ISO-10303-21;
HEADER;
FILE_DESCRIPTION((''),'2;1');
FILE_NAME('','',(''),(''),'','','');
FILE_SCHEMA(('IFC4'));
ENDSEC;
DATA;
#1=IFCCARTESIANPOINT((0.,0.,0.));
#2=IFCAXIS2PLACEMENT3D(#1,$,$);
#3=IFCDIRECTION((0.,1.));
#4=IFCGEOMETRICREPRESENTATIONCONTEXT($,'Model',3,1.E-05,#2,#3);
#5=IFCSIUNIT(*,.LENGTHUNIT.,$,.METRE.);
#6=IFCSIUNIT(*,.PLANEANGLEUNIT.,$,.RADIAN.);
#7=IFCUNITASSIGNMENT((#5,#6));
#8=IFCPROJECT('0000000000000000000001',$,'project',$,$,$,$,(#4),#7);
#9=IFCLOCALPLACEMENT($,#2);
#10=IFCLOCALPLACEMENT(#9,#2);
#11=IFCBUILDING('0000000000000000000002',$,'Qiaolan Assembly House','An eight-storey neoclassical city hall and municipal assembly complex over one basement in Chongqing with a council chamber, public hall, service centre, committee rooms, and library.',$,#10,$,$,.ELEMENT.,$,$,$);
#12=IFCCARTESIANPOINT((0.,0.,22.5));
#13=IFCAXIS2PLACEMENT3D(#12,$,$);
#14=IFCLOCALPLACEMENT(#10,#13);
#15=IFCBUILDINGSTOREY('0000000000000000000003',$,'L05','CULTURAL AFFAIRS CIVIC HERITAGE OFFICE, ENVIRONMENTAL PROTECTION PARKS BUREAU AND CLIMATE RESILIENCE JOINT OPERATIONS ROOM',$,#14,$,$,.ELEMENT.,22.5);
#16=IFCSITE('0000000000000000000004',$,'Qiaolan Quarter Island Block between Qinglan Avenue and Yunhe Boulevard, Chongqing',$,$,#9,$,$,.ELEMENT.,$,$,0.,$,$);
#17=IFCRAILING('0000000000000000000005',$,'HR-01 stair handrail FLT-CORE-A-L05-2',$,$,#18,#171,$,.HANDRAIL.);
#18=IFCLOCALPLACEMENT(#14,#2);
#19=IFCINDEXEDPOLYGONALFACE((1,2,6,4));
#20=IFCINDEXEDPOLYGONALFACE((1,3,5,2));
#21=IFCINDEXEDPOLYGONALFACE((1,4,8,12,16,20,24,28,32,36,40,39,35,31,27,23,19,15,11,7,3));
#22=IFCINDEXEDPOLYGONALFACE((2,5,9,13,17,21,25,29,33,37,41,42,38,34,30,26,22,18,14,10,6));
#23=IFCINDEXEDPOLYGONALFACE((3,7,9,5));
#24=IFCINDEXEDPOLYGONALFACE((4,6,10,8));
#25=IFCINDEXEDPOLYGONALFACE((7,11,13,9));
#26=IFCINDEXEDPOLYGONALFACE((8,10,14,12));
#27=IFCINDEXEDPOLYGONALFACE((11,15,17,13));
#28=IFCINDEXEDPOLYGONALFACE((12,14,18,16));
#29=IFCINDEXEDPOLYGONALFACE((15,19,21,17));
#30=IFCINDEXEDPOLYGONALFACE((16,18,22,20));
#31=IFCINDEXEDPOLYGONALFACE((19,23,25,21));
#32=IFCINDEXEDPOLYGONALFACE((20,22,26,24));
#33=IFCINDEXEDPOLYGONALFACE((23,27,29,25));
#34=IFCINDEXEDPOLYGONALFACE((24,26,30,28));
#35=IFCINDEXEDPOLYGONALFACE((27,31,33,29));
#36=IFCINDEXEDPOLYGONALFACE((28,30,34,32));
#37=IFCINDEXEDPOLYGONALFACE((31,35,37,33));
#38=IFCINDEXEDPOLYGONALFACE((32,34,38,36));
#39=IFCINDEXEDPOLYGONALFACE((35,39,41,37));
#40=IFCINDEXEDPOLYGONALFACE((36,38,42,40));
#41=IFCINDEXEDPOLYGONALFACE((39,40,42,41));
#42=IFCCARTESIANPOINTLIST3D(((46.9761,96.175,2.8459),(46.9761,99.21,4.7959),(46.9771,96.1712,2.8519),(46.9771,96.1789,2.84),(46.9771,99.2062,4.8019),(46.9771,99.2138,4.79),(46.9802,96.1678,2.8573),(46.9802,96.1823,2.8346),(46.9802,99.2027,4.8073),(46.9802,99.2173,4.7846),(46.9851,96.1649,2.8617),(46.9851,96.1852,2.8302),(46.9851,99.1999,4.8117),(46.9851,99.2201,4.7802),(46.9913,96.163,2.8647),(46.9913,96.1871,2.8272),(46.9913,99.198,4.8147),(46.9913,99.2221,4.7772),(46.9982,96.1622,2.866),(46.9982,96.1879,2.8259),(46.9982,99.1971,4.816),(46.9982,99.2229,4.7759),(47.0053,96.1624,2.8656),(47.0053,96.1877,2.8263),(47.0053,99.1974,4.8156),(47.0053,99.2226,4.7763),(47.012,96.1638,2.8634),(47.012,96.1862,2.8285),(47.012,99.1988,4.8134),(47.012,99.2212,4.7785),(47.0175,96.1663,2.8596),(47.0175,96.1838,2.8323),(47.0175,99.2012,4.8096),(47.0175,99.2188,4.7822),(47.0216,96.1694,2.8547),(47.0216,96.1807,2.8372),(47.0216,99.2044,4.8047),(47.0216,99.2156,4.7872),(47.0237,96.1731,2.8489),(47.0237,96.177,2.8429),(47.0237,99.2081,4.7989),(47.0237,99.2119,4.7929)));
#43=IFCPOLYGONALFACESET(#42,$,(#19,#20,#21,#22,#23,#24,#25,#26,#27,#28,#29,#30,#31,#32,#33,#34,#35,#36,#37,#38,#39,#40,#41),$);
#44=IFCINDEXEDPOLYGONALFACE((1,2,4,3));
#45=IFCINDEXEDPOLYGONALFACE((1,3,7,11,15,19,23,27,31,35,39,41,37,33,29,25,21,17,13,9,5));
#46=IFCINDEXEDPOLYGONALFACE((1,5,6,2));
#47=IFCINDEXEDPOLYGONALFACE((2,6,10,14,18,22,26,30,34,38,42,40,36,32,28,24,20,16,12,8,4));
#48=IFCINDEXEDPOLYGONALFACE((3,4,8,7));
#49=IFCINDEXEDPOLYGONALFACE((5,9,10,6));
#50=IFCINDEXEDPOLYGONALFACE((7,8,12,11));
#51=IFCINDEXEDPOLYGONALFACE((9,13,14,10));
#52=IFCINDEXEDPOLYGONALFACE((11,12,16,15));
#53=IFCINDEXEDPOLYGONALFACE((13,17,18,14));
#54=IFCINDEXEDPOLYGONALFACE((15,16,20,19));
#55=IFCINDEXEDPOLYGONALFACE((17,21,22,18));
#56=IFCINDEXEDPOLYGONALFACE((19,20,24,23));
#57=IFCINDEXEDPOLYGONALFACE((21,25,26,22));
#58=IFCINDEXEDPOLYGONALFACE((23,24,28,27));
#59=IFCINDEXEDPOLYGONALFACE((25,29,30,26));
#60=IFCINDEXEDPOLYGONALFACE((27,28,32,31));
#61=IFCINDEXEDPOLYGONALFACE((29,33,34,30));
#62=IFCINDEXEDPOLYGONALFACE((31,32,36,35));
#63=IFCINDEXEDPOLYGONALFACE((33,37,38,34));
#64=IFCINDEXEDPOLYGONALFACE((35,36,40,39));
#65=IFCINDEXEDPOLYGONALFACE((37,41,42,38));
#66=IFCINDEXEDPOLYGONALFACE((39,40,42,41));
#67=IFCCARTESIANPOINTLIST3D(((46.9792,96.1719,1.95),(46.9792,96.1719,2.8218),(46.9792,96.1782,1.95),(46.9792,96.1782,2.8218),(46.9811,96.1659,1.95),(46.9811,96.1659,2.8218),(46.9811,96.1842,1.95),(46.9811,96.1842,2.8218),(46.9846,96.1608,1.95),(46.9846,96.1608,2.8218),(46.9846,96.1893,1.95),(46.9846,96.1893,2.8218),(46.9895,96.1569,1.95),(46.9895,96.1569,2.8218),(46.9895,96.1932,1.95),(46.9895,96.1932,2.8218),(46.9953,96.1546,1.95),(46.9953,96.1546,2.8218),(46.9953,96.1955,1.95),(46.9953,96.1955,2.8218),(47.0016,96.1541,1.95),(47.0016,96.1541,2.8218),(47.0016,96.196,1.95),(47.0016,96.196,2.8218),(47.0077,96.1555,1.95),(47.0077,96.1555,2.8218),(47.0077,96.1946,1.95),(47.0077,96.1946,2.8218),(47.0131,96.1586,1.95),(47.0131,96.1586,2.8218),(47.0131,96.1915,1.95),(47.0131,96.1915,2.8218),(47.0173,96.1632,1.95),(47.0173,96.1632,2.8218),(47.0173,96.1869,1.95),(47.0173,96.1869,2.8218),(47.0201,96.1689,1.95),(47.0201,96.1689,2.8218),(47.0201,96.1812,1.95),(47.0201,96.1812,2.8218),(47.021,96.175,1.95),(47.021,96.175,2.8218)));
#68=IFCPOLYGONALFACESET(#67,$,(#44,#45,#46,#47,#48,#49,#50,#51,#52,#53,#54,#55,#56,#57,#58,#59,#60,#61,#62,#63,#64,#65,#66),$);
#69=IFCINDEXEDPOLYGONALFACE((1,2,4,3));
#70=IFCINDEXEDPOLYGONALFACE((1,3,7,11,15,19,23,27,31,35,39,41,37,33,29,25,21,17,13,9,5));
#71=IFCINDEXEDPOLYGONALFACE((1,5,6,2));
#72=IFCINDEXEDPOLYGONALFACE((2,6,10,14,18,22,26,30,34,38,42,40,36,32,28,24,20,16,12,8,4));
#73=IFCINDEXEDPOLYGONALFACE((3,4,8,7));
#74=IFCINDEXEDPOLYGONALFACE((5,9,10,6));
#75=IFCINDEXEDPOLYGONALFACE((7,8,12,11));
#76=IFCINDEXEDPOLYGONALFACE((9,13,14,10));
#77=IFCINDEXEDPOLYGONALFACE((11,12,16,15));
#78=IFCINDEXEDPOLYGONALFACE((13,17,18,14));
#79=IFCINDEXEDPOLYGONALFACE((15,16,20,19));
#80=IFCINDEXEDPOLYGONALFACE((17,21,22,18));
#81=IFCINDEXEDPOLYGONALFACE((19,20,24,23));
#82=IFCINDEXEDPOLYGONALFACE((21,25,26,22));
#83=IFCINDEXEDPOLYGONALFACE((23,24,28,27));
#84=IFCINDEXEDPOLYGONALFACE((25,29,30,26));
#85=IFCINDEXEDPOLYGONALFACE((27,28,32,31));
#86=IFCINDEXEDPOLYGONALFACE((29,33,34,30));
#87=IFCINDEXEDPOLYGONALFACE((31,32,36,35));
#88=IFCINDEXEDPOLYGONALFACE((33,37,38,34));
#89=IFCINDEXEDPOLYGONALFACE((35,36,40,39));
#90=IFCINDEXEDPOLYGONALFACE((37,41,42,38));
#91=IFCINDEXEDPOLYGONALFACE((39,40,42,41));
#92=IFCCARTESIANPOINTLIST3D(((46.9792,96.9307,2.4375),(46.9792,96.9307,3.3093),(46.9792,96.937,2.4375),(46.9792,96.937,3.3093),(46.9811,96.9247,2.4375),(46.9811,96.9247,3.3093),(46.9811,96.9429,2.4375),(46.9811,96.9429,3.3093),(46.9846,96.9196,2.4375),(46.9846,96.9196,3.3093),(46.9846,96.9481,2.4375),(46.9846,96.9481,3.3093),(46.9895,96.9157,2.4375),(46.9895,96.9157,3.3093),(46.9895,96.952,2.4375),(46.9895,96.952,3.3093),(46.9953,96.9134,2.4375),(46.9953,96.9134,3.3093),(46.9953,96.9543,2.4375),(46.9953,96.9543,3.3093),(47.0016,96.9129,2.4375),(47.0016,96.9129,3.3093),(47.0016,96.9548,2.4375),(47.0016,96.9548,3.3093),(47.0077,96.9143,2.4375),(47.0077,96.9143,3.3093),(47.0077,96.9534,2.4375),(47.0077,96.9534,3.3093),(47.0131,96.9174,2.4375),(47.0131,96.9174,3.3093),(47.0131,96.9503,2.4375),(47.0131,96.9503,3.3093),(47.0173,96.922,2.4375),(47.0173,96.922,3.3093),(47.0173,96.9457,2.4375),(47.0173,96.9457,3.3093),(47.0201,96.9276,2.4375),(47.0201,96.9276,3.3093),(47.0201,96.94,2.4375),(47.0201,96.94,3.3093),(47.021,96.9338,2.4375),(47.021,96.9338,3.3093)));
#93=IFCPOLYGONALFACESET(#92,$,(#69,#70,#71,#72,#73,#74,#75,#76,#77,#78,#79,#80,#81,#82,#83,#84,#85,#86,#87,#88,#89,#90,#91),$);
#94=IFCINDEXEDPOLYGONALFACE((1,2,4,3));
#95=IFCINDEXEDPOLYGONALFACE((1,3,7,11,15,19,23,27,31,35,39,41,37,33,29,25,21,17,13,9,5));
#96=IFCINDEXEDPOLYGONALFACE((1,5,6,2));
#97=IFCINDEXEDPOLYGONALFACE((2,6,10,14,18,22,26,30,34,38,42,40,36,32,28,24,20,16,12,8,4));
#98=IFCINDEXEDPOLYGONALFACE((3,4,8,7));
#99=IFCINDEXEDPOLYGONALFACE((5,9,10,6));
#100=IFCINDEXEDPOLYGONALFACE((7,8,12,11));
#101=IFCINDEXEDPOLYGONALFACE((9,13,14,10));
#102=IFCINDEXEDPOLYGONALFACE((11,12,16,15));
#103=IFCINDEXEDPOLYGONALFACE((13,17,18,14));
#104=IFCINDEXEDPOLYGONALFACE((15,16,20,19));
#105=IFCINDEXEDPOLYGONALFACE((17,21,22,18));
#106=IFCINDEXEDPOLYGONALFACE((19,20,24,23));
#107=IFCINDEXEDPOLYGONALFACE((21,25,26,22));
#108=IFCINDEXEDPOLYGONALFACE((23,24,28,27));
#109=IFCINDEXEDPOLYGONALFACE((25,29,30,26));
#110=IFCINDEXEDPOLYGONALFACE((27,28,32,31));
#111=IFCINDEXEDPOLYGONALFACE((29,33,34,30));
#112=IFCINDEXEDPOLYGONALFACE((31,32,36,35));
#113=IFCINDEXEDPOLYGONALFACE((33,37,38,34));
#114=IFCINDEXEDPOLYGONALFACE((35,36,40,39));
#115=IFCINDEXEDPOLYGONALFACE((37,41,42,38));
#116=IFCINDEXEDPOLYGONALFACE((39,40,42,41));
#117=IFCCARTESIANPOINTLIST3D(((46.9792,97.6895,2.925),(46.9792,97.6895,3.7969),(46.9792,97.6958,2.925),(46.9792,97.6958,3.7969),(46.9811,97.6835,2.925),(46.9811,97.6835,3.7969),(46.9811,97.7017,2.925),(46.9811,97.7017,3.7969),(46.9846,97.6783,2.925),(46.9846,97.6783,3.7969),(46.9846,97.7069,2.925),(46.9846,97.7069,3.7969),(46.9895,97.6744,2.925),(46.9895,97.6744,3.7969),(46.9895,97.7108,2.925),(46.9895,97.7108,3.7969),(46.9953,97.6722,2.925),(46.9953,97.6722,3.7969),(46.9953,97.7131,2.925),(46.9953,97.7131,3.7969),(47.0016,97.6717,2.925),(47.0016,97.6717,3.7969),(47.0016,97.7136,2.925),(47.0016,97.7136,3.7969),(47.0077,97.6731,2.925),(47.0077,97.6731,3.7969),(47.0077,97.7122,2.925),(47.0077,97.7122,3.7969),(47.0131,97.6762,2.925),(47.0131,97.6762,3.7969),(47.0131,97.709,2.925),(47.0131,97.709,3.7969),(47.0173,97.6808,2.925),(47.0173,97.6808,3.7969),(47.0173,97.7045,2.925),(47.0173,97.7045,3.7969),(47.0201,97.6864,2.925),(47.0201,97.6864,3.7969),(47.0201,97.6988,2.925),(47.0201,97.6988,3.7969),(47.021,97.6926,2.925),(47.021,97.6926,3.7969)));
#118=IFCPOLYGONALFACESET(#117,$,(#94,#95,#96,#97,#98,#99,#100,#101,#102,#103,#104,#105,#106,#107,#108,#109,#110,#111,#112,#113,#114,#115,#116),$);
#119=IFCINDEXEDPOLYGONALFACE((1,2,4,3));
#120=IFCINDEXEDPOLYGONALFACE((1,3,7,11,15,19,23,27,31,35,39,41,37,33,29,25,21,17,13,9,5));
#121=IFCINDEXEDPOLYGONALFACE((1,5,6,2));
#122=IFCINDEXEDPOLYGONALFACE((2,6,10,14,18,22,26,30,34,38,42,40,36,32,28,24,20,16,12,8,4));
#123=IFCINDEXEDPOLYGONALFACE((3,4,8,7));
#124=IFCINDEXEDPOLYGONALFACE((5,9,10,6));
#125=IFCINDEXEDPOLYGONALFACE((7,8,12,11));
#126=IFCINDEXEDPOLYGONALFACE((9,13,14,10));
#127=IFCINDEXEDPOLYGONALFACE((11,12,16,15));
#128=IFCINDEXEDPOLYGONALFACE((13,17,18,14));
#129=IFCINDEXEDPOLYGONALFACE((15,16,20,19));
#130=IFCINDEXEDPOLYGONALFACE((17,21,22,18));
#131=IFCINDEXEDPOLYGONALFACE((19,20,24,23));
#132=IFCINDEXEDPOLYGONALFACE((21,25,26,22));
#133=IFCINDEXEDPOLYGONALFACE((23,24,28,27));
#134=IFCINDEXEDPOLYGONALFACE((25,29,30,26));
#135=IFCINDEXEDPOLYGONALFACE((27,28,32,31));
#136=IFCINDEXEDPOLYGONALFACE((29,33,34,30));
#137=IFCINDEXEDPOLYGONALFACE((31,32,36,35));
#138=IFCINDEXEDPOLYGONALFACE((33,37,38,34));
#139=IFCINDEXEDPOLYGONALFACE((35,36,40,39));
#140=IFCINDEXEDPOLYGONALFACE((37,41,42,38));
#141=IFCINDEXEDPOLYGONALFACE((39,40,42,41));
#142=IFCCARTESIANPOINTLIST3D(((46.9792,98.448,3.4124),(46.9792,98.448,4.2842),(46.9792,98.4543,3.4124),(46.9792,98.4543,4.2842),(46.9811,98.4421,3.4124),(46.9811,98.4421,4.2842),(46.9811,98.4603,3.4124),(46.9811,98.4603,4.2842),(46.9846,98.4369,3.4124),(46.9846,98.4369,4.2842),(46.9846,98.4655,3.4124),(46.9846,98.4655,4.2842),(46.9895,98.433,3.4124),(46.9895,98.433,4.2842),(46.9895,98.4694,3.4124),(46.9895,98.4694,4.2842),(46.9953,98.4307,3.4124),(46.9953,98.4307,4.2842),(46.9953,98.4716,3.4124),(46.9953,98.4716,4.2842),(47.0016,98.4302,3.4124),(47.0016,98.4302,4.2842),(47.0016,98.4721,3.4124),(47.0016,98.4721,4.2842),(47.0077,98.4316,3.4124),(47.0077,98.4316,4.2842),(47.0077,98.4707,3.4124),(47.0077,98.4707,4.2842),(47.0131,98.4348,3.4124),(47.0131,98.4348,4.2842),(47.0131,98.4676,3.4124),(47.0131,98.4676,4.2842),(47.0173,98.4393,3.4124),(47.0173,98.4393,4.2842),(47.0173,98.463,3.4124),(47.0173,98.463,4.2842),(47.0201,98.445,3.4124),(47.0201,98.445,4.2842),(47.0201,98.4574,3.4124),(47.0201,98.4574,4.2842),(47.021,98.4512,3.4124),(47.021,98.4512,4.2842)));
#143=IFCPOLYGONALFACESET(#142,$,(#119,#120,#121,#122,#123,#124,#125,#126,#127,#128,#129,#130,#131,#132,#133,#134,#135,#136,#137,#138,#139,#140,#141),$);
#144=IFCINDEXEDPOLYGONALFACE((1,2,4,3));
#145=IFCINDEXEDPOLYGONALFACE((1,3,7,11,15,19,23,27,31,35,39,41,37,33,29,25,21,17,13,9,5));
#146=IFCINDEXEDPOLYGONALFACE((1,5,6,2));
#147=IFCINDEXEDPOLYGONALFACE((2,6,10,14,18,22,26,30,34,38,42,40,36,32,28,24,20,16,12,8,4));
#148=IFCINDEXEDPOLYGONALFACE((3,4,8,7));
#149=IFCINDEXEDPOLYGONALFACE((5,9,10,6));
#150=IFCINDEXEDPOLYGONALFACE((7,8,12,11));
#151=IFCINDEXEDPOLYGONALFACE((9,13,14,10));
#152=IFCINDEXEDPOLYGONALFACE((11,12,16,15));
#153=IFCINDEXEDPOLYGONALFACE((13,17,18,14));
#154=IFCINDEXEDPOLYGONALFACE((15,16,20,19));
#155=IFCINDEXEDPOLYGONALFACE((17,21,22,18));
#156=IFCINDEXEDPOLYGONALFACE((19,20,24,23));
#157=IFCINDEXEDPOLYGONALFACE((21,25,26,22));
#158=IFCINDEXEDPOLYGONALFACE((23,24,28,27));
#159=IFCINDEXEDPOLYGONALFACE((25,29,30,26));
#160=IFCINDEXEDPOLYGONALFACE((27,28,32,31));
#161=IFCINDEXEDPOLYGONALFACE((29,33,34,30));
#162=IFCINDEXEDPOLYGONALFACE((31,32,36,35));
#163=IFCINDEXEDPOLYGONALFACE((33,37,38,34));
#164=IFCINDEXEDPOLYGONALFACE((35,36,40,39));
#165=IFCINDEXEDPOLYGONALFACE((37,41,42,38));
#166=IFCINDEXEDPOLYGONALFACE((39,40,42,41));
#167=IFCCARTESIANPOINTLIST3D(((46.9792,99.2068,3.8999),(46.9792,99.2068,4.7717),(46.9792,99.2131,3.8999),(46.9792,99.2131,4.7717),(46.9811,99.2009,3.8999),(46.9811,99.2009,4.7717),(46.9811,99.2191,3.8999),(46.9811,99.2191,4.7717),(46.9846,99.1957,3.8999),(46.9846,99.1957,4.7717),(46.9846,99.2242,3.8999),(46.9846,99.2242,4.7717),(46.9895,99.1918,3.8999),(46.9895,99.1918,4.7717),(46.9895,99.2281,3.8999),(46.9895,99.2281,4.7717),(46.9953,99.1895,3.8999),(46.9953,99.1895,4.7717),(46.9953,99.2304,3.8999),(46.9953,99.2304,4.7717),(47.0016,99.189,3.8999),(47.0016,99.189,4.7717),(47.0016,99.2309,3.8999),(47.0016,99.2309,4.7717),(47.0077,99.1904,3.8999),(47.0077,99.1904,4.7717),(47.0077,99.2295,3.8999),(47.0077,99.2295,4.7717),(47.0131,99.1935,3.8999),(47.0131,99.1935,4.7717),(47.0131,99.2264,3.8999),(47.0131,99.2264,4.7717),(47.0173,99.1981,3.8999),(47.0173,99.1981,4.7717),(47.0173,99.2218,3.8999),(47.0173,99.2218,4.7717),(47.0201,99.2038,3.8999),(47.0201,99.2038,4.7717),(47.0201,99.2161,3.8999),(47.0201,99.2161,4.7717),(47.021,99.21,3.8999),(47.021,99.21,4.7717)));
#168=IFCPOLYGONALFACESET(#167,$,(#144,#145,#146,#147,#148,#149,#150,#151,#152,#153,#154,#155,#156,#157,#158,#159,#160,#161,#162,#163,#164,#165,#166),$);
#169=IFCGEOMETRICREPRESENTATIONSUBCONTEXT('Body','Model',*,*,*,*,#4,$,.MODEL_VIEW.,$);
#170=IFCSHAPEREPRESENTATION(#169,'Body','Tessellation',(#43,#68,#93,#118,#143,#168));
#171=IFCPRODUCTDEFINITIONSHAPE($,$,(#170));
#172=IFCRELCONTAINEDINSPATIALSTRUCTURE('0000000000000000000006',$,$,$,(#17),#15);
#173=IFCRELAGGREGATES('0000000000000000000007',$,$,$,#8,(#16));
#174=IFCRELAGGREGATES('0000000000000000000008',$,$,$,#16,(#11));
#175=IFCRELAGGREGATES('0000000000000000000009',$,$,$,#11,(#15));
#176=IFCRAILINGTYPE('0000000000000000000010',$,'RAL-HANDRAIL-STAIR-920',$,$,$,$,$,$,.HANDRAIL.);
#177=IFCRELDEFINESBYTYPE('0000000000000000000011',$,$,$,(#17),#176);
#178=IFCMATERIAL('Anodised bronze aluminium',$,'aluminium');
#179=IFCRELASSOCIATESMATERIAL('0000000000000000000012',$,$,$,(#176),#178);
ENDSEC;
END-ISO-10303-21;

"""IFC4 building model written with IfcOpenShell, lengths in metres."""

from ifc_helpers import new_model, si_unit, direction, frame, origin, origin_2d, place, context, subcontext, project, spatial, circle, extrude, material, type_object, element, save


model = new_model("IFC4")

# Units and contexts
model_context = context("Model", 3, precision=1e-05, world=origin(), true_north=direction((0.0, 1.0)))
body_context = subcontext(model_context, "Body", "Model", "MODEL_VIEW")
ifc_project = project(units=[si_unit("LENGTHUNIT", "METRE"), si_unit("PLANEANGLEUNIT", "RADIAN")], contexts=[model_context])

# Site, building, storey
site_placement = place(None, origin())
site = spatial("IfcSite", under=ifc_project, at=site_placement, Name="Qiaolan Quarter Island Block between Qinglan Avenue and Yunhe Boulevard, Chongqing", CompositionType="ELEMENT", RefElevation=0.0)
building_placement = place(site_placement, origin())
building = spatial("IfcBuilding", under=site, at=building_placement, Name="Qiaolan Assembly House", Description="An eight-storey neoclassical city hall and municipal assembly complex over one basement in Chongqing with a council chamber, public hall, service centre, committee rooms, and library.", CompositionType="ELEMENT")
storey_placement = place(building_placement, frame((0.0, 0.0, 22.5)))
storey = spatial("IfcBuildingStorey", under=building, at=storey_placement, Name="L05", Description="CULTURAL AFFAIRS CIVIC HERITAGE OFFICE, ENVIRONMENTAL PROTECTION PARKS BUREAU AND CLIMATE RESILIENCE JOINT OPERATIONS ROOM", CompositionType="ELEMENT", Elevation=22.5)

# Shared definitions
ifc_material_1 = material(Name="Anodised bronze aluminium", Category="aluminium")

# Railing
railing_type_1 = type_object("IfcRailingType", Name="RAL-HANDRAIL-STAIR-920", PredefinedType="HANDRAIL", material=ifc_material_1)
railing_1_placement = place(storey_placement, frame((47.0, 96.175, 1.95)))
element("IfcRailing", 1, at=railing_1_placement, inside=storey, type_object=railing_type_1, Name="HR-01 stair handrail FLT-CORE-A-L05-2", PredefinedType="HANDRAIL", context=body_context, shape_type="SweptSolid", body=[
    extrude(circle(Radius=0.0239, at=origin_2d()), frame((0.0, 0.0, 0.896), z_axis=(0.0, 0.841313, 0.540549), x_axis=(-1.0, 0.0, 0.0)), (0.0, 0.0, 1.0), 3.6074),
    extrude(circle(Radius=0.021, at=origin_2d()), origin(), (0.0, 0.0, 1.0), 0.8718),
    extrude(circle(Radius=0.021, at=origin_2d()), frame((0.0, 0.7588, 0.4875)), (0.0, 0.0, 1.0), 0.8718),
    extrude(circle(Radius=0.021, at=origin_2d()), frame((0.0, 1.5176, 0.9751)), (0.0, 0.0, 1.0), 0.8718),
    extrude(circle(Radius=0.021, at=origin_2d()), frame((0.0, 2.2761, 1.4624)), (0.0, 0.0, 1.0), 0.8718),
    extrude(circle(Radius=0.021, at=origin_2d()), frame((0.0, 3.0349, 1.95)), (0.0, 0.0, 1.0), 0.8718),
])

save(model, "model.ifc")
